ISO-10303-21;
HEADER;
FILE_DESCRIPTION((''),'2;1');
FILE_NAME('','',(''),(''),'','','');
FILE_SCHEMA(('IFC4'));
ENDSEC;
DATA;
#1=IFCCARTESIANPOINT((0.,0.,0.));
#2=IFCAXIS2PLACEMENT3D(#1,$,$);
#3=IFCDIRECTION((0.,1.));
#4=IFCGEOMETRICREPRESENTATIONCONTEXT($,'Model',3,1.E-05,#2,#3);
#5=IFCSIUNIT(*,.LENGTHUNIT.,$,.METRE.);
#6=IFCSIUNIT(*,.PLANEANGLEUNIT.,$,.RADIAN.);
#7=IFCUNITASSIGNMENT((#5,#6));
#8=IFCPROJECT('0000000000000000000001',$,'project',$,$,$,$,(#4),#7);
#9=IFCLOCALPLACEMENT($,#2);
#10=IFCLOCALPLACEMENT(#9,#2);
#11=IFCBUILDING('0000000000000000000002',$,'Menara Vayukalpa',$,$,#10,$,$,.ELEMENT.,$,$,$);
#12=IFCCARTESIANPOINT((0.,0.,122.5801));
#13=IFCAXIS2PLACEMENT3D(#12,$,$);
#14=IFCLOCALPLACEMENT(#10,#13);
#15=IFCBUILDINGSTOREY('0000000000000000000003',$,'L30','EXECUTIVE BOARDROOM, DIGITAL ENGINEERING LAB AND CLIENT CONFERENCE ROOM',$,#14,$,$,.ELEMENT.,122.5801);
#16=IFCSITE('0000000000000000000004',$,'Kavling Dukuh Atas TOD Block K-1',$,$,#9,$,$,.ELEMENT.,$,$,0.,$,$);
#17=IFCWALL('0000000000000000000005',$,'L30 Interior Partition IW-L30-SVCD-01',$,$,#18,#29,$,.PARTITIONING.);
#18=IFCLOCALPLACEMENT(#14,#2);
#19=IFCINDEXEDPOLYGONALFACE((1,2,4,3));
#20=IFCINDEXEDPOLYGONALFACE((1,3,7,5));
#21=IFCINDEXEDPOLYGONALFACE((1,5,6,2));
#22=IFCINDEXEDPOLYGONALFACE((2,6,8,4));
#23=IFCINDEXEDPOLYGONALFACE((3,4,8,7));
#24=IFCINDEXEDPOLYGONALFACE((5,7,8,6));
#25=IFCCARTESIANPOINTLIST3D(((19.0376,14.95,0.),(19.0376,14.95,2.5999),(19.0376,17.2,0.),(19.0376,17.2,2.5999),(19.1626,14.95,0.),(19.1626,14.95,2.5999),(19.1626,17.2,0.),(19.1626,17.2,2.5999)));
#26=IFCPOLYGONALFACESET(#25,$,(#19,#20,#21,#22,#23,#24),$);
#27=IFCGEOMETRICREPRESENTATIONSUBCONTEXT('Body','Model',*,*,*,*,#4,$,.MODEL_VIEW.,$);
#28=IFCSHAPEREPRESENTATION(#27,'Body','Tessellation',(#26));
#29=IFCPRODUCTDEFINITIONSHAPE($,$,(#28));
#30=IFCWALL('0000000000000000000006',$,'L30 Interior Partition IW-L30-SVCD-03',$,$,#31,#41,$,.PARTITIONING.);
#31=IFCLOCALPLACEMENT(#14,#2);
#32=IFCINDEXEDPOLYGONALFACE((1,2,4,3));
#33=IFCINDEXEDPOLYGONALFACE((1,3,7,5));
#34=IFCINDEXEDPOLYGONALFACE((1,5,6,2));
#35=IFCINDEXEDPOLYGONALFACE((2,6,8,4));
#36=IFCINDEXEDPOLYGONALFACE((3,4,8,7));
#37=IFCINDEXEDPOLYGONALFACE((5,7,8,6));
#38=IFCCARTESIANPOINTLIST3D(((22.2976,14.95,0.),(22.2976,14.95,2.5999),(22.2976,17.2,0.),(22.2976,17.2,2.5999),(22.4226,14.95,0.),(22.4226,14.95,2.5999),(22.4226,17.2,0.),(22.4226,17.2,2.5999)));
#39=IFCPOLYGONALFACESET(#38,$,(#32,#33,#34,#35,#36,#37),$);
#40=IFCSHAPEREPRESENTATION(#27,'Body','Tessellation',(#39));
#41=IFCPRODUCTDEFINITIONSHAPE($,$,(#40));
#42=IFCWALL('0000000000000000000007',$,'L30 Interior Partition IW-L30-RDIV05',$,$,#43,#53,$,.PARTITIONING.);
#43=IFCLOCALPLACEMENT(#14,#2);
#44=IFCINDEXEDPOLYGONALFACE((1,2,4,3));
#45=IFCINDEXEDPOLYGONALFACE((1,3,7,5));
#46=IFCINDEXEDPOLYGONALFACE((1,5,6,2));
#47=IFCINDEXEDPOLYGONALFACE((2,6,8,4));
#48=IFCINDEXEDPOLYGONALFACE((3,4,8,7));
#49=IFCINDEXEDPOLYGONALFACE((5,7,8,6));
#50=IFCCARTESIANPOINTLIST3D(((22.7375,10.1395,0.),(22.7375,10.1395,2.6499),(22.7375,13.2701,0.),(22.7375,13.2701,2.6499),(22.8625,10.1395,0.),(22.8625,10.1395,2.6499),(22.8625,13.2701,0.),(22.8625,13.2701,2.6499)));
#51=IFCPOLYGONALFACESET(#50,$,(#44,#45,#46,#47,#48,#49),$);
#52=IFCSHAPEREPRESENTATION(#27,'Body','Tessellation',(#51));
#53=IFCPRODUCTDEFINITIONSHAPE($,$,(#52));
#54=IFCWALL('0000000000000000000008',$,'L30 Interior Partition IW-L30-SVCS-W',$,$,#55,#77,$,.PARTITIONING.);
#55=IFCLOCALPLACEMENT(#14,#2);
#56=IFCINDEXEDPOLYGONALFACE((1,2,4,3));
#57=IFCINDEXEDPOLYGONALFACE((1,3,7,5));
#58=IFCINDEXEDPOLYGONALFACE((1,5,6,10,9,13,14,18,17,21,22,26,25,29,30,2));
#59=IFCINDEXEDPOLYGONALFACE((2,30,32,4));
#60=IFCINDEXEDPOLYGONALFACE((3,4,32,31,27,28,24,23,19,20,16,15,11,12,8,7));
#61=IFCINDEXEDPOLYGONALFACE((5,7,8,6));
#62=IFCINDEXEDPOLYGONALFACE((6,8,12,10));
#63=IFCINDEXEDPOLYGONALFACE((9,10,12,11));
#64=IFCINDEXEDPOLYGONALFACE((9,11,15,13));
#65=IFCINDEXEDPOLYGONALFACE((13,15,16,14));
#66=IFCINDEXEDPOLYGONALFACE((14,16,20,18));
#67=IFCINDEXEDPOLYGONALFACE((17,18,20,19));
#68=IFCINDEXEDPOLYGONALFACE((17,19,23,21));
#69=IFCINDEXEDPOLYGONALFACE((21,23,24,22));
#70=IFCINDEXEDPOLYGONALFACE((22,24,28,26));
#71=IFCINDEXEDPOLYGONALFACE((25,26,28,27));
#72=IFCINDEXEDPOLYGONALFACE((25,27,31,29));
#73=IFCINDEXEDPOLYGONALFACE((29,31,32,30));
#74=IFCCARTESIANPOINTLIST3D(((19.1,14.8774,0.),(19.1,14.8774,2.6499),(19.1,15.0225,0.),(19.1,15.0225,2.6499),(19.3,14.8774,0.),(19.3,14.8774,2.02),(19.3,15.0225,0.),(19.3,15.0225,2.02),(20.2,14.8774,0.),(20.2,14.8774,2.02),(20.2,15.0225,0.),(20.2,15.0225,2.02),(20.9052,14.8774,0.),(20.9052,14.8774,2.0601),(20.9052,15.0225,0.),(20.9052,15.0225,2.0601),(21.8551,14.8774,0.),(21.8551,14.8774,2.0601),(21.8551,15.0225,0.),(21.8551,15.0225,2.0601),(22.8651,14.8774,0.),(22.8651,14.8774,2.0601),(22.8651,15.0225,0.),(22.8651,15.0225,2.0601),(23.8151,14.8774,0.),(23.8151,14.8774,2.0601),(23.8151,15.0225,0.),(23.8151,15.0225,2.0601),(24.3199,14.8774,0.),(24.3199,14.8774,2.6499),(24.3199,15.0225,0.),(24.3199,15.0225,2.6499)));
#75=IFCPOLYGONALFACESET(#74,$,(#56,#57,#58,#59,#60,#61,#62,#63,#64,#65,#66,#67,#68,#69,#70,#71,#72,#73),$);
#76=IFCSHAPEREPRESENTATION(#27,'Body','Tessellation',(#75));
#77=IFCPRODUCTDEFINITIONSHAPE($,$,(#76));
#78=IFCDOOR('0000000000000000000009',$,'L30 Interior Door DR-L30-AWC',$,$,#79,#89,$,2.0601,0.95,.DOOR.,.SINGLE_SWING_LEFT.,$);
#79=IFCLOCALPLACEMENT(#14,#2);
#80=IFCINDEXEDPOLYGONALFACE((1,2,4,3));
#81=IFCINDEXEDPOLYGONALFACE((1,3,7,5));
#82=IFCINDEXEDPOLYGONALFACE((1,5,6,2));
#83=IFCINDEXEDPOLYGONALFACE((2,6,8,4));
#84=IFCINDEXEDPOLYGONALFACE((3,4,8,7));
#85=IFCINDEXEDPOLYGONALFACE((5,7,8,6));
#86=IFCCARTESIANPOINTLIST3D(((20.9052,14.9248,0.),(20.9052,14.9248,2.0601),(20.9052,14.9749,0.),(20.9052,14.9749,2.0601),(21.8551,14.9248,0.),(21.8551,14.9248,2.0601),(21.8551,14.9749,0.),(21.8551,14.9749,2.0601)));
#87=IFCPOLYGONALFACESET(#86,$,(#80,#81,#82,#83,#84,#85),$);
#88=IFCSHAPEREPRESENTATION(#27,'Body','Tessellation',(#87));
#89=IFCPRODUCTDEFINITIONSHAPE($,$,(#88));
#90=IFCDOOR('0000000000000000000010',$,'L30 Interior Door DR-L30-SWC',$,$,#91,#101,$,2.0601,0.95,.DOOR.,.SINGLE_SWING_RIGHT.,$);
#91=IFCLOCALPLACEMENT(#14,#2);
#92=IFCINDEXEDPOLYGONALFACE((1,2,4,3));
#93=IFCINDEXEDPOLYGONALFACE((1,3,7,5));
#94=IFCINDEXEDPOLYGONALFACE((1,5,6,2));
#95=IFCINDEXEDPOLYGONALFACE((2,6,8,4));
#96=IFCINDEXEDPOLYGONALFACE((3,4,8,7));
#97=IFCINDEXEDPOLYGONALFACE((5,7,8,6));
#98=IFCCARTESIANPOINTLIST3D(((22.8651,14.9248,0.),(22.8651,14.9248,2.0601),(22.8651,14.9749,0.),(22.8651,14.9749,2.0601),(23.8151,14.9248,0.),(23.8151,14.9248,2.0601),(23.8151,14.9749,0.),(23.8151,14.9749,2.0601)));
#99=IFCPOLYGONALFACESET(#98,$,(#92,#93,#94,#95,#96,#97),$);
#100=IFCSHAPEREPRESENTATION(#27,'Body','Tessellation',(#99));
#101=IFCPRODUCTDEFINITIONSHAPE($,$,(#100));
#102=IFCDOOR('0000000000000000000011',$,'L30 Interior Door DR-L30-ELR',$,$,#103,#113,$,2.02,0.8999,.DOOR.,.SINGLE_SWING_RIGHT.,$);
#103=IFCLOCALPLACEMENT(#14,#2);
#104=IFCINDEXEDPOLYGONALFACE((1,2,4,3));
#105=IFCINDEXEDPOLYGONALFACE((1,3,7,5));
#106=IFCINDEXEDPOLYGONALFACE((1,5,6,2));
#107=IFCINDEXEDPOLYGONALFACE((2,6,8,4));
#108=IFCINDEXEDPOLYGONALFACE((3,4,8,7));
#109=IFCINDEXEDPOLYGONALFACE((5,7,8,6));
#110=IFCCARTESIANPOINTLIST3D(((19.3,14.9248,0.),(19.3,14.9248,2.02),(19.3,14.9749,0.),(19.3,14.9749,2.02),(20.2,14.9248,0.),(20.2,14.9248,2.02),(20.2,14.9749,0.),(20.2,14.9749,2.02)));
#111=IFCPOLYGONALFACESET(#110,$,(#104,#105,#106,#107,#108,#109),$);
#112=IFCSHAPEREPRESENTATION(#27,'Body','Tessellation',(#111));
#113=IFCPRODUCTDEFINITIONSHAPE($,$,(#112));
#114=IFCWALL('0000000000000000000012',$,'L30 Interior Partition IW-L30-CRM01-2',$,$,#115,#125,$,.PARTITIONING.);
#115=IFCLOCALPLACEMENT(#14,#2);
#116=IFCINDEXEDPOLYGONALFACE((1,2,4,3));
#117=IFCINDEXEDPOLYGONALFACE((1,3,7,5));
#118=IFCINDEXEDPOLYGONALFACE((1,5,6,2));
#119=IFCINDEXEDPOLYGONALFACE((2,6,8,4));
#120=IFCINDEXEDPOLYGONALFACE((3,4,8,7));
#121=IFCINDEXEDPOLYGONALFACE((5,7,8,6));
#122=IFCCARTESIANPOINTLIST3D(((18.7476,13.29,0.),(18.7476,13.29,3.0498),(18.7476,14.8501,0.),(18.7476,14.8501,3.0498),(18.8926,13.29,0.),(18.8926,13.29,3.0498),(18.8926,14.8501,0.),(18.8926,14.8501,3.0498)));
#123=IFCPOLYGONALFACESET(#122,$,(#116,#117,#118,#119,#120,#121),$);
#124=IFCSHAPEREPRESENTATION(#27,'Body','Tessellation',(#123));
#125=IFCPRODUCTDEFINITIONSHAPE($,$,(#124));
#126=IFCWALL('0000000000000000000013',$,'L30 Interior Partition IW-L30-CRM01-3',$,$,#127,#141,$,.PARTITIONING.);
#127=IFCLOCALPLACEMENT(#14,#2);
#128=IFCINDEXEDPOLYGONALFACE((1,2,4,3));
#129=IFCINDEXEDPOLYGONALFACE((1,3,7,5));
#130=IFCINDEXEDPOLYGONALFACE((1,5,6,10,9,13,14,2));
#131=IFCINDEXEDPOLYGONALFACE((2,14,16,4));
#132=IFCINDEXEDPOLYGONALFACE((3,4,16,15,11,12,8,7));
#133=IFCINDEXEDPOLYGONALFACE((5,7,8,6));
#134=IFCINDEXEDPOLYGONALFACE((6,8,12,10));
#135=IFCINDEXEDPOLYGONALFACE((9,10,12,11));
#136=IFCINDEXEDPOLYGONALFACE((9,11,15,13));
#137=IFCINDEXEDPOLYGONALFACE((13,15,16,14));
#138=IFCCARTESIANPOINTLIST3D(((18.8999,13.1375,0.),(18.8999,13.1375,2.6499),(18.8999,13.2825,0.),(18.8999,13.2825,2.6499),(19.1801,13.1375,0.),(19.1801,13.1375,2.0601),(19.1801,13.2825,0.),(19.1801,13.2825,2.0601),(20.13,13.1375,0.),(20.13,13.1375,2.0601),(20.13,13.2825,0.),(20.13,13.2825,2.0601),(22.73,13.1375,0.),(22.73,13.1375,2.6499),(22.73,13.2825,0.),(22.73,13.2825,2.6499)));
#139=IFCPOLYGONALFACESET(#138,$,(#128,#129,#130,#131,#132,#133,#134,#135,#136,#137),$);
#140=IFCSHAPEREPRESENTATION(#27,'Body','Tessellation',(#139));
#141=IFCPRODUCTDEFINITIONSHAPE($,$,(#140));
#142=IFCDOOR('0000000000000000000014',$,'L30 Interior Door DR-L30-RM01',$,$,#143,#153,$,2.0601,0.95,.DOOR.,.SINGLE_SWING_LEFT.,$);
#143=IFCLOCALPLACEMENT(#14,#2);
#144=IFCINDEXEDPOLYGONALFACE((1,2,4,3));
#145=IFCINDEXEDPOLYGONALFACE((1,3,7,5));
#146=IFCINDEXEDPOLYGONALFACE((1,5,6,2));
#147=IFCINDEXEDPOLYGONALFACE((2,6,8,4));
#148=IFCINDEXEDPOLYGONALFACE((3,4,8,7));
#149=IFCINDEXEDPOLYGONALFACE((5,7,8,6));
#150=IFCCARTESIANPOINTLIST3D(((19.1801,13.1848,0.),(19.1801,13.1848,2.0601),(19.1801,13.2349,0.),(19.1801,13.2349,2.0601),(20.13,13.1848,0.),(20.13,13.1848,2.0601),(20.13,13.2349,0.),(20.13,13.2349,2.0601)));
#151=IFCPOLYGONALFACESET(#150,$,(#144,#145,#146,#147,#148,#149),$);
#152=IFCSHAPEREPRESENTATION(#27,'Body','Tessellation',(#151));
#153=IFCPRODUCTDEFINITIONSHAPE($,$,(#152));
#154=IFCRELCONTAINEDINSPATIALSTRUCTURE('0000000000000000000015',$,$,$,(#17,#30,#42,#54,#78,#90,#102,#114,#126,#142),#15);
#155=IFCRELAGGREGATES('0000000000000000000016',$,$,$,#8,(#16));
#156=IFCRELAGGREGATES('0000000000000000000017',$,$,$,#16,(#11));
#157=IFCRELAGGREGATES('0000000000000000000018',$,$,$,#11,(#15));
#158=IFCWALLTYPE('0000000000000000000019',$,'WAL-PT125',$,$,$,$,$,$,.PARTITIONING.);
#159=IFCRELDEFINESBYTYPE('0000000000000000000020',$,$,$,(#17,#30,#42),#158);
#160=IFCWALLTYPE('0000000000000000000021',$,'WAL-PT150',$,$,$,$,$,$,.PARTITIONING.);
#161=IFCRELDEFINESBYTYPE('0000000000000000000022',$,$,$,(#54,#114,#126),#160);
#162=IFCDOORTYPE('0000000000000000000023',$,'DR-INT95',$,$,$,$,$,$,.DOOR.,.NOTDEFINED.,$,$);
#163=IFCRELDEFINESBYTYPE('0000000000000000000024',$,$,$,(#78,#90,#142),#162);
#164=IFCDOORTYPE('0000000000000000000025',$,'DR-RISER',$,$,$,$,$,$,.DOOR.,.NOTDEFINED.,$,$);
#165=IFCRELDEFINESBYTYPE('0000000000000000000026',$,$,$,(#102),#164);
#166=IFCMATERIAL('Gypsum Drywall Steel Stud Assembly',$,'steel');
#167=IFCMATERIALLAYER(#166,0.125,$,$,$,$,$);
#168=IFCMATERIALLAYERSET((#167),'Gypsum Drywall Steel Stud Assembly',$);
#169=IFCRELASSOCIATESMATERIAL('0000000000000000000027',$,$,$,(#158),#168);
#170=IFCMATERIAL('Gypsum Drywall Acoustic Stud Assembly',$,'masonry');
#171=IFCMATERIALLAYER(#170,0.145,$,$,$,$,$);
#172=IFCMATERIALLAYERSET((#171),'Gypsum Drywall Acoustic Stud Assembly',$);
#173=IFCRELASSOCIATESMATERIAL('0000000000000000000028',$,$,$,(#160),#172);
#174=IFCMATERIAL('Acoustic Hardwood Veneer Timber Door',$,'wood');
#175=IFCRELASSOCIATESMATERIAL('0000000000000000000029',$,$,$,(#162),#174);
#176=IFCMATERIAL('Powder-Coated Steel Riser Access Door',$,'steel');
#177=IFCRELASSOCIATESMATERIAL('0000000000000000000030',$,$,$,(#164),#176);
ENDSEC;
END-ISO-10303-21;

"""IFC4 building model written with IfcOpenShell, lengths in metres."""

from ifc_helpers import new_model, si_unit, direction, frame, frame_2d, origin, place, context, subcontext, project, spatial, rectangle, extrude, material, layer, layer_set, type_object, element, fill, save


model = new_model("IFC4")

# Units and contexts
model_context = context("Model", 3, precision=1e-05, world=origin(), true_north=direction((0.0, 1.0)))
body_context = subcontext(model_context, "Body", "Model", "MODEL_VIEW")
ifc_project = project(units=[si_unit("LENGTHUNIT", "METRE"), si_unit("PLANEANGLEUNIT", "RADIAN")], contexts=[model_context])

# Site, building, storey
site_placement = place(None, origin())
site = spatial("IfcSite", under=ifc_project, at=site_placement, Name="Kavling Dukuh Atas TOD Block K-1", CompositionType="ELEMENT", RefElevation=0.0)
building_placement = place(site_placement, origin())
building = spatial("IfcBuilding", under=site, at=building_placement, Name="Menara Vayukalpa", CompositionType="ELEMENT")
storey_placement = place(building_placement, frame((0.0, 0.0, 122.5801)))
storey = spatial("IfcBuildingStorey", under=building, at=storey_placement, Name="L30", Description="EXECUTIVE BOARDROOM, DIGITAL ENGINEERING LAB AND CLIENT CONFERENCE ROOM", CompositionType="ELEMENT", Elevation=122.5801)

# Walls
ifc_material_1 = material(Name="Gypsum Drywall Steel Stud Assembly", Category="steel")
ifc_layer_1 = layer(ifc_material_1, 0.125)
ifc_layer_set_1 = layer_set([ifc_layer_1], Name="Gypsum Drywall Steel Stud Assembly")
wall_type_1 = type_object("IfcWallType", Name="WAL-PT125", PredefinedType="PARTITIONING", material=ifc_layer_set_1)
for number, where, z_axis, x_axis, name in (
    (1, (19.1001, 14.95, 0.0), (0.0, 0.0, 1.0), (0.0, 1.0, 0.0), "L30 Interior Partition IW-L30-SVCD-01"),
    (2, (22.3601, 14.95, 0.0), (0.0, 0.0, 1.0), (0.0, 1.0, 0.0), "L30 Interior Partition IW-L30-SVCD-03"),
):
    element("IfcWall", number, at=place(storey_placement, frame(where, z_axis=z_axis, x_axis=x_axis)), inside=storey, type_object=wall_type_1, Name=name, PredefinedType="PARTITIONING", context=body_context, shape_type="SweptSolid", body=[
        extrude(rectangle(XDim=2.25, YDim=0.125, at=frame_2d((1.125, 0.0))), origin(), (0.0, 0.0, 1.0), 2.5999),
    ])
wall_1_placement = place(storey_placement, frame((22.8, 10.1394, 0.0), z_axis=(0.0, 0.0, 1.0), x_axis=(0.0, 1.0, 0.0)))
element("IfcWall", 3, at=wall_1_placement, inside=storey, type_object=wall_type_1, Name="L30 Interior Partition IW-L30-RDIV05", PredefinedType="PARTITIONING", context=body_context, shape_type="SweptSolid", body=[
    extrude(rectangle(XDim=3.1306, YDim=0.125, at=frame_2d((1.5654, 0.0))), origin(), (0.0, 0.0, 1.0), 2.6499),
])

# Wall, openings, doors
ifc_material_2 = material(Name="Gypsum Drywall Acoustic Stud Assembly", Category="masonry")
ifc_layer_2 = layer(ifc_material_2, 0.145)
ifc_layer_set_2 = layer_set([ifc_layer_2], Name="Gypsum Drywall Acoustic Stud Assembly")
wall_type_2 = type_object("IfcWallType", Name="WAL-PT150", PredefinedType="PARTITIONING", material=ifc_layer_set_2)
wall_2_placement = place(storey_placement, frame((19.1001, 14.95, 0.0), z_axis=(0.0, 0.0, 1.0), x_axis=(1.0, 0.0, 0.0)))
wall_2 = element("IfcWall", 4, at=wall_2_placement, inside=storey, type_object=wall_type_2, Name="L30 Interior Partition IW-L30-SVCS-W", PredefinedType="PARTITIONING", context=body_context, shape_type="SweptSolid", body=[
    extrude(rectangle(XDim=5.22, YDim=0.145, at=frame_2d((2.6099, 0.0))), origin(), (0.0, 0.0, 1.0), 2.6499),
])
opening_1_placement = place(wall_2_placement, frame((0.2, 0.0, 0.0)))
opening_1 = element("IfcOpeningElement", 5, at=opening_1_placement, cuts=wall_2, PredefinedType="OPENING", context=body_context, shape_type="SweptSolid", body=[
    extrude(rectangle(XDim=0.8999, YDim=2.02, at=frame_2d((0.45, 1.01))), frame((0.0, 0.0825, 0.0), z_axis=(0.0, -1.0, 0.0), x_axis=(1.0, 0.0, 0.0)), (0.0, 0.0, 1.0), 0.165),
])
opening_2_placement = place(wall_2_placement, frame((1.8049, 0.0, 0.0)))
opening_2 = element("IfcOpeningElement", 6, at=opening_2_placement, cuts=wall_2, PredefinedType="OPENING", context=body_context, shape_type="SweptSolid", body=[
    extrude(rectangle(XDim=0.95, YDim=2.0601, at=frame_2d((0.4751, 1.03))), frame((0.0, 0.0825, 0.0), z_axis=(0.0, -1.0, 0.0), x_axis=(1.0, 0.0, 0.0)), (0.0, 0.0, 1.0), 0.165),
])
opening_3_placement = place(wall_2_placement, frame((3.7649, 0.0, 0.0)))
opening_3 = element("IfcOpeningElement", 7, at=opening_3_placement, cuts=wall_2, PredefinedType="OPENING", context=body_context, shape_type="SweptSolid", body=[
    extrude(rectangle(XDim=0.95, YDim=2.0601, at=frame_2d((0.4751, 1.03))), frame((0.0, 0.0825, 0.0), z_axis=(0.0, -1.0, 0.0), x_axis=(1.0, 0.0, 0.0)), (0.0, 0.0, 1.0), 0.165),
])
ifc_material_3 = material(Name="Acoustic Hardwood Veneer Timber Door", Category="wood")
door_type_1 = type_object("IfcDoorType", Name="DR-INT95", OperationType="NOTDEFINED", PredefinedType="DOOR", material=ifc_material_3)
door_1_placement = place(opening_2_placement, origin())
door_1 = element("IfcDoor", 8, at=door_1_placement, inside=storey, type_object=door_type_1, Name="L30 Interior Door DR-L30-AWC", OperationType="SINGLE_SWING_LEFT", OverallHeight=2.0601, OverallWidth=0.95, PredefinedType="DOOR", context=body_context, shape_type="SweptSolid", body=[
    extrude(rectangle(XDim=0.95, YDim=2.0601, at=frame_2d((0.4751, 1.03))), frame((0.0, 0.0249, 0.0), z_axis=(0.0, -1.0, 0.0), x_axis=(1.0, 0.0, 0.0)), (0.0, 0.0, 1.0), 0.05),
])
fill(opening_2, door_1)
door_2_placement = place(opening_3_placement, origin())
door_2 = element("IfcDoor", 9, at=door_2_placement, inside=storey, type_object=door_type_1, Name="L30 Interior Door DR-L30-SWC", OperationType="SINGLE_SWING_RIGHT", OverallHeight=2.0601, OverallWidth=0.95, PredefinedType="DOOR", context=body_context, shape_type="SweptSolid", body=[
    extrude(rectangle(XDim=0.95, YDim=2.0601, at=frame_2d((0.4751, 1.03))), frame((0.0, 0.0249, 0.0), z_axis=(0.0, -1.0, 0.0), x_axis=(1.0, 0.0, 0.0)), (0.0, 0.0, 1.0), 0.05),
])
fill(opening_3, door_2)
ifc_material_4 = material(Name="Powder-Coated Steel Riser Access Door", Category="steel")
door_type_2 = type_object("IfcDoorType", Name="DR-RISER", OperationType="NOTDEFINED", PredefinedType="DOOR", material=ifc_material_4)
door_3_placement = place(opening_1_placement, origin())
door_3 = element("IfcDoor", 10, at=door_3_placement, inside=storey, type_object=door_type_2, Name="L30 Interior Door DR-L30-ELR", OperationType="SINGLE_SWING_RIGHT", OverallHeight=2.02, OverallWidth=0.8999, PredefinedType="DOOR", context=body_context, shape_type="SweptSolid", body=[
    extrude(rectangle(XDim=0.8999, YDim=2.02, at=frame_2d((0.45, 1.01))), frame((0.0, 0.0249, 0.0), z_axis=(0.0, -1.0, 0.0), x_axis=(1.0, 0.0, 0.0)), (0.0, 0.0, 1.0), 0.05),
])
fill(opening_1, door_3)

# Wall
wall_3_placement = place(storey_placement, frame((18.8201, 14.8501, 0.0), z_axis=(0.0, 0.0, 1.0), x_axis=(0.0, -1.0, 0.0)))
element("IfcWall", 11, at=wall_3_placement, inside=storey, type_object=wall_type_2, Name="L30 Interior Partition IW-L30-CRM01-2", PredefinedType="PARTITIONING", context=body_context, shape_type="SweptSolid", body=[
    extrude(rectangle(XDim=1.5601, YDim=0.145, at=frame_2d((0.78, 0.0))), origin(), (0.0, 0.0, 1.0), 3.0498),
])

# Wall, opening, door
wall_4_placement = place(storey_placement, frame((18.8999, 13.21, 0.0), z_axis=(0.0, 0.0, 1.0), x_axis=(1.0, 0.0, 0.0)))
wall_4 = element("IfcWall", 12, at=wall_4_placement, inside=storey, type_object=wall_type_2, Name="L30 Interior Partition IW-L30-CRM01-3", PredefinedType="PARTITIONING", context=body_context, shape_type="SweptSolid", body=[
    extrude(rectangle(XDim=3.8301, YDim=0.145, at=frame_2d((1.915, 0.0))), origin(), (0.0, 0.0, 1.0), 2.6499),
])
opening_4_placement = place(wall_4_placement, frame((0.28, 0.0, 0.0)))
opening_4 = element("IfcOpeningElement", 13, at=opening_4_placement, cuts=wall_4, PredefinedType="OPENING", context=body_context, shape_type="SweptSolid", body=[
    extrude(rectangle(XDim=0.95, YDim=2.0601, at=frame_2d((0.4751, 1.03))), frame((0.0, 0.0825, 0.0), z_axis=(0.0, -1.0, 0.0), x_axis=(1.0, 0.0, 0.0)), (0.0, 0.0, 1.0), 0.165),
])
door_4_placement = place(opening_4_placement, origin())
door_4 = element("IfcDoor", 14, at=door_4_placement, inside=storey, type_object=door_type_1, Name="L30 Interior Door DR-L30-RM01", OperationType="SINGLE_SWING_LEFT", OverallHeight=2.0601, OverallWidth=0.95, PredefinedType="DOOR", context=body_context, shape_type="SweptSolid", body=[
    extrude(rectangle(XDim=0.95, YDim=2.0601, at=frame_2d((0.4751, 1.03))), frame((0.0, 0.0249, 0.0), z_axis=(0.0, -1.0, 0.0), x_axis=(1.0, 0.0, 0.0)), (0.0, 0.0, 1.0), 0.05),
])
fill(opening_4, door_4)

save(model, "model.ifc")
